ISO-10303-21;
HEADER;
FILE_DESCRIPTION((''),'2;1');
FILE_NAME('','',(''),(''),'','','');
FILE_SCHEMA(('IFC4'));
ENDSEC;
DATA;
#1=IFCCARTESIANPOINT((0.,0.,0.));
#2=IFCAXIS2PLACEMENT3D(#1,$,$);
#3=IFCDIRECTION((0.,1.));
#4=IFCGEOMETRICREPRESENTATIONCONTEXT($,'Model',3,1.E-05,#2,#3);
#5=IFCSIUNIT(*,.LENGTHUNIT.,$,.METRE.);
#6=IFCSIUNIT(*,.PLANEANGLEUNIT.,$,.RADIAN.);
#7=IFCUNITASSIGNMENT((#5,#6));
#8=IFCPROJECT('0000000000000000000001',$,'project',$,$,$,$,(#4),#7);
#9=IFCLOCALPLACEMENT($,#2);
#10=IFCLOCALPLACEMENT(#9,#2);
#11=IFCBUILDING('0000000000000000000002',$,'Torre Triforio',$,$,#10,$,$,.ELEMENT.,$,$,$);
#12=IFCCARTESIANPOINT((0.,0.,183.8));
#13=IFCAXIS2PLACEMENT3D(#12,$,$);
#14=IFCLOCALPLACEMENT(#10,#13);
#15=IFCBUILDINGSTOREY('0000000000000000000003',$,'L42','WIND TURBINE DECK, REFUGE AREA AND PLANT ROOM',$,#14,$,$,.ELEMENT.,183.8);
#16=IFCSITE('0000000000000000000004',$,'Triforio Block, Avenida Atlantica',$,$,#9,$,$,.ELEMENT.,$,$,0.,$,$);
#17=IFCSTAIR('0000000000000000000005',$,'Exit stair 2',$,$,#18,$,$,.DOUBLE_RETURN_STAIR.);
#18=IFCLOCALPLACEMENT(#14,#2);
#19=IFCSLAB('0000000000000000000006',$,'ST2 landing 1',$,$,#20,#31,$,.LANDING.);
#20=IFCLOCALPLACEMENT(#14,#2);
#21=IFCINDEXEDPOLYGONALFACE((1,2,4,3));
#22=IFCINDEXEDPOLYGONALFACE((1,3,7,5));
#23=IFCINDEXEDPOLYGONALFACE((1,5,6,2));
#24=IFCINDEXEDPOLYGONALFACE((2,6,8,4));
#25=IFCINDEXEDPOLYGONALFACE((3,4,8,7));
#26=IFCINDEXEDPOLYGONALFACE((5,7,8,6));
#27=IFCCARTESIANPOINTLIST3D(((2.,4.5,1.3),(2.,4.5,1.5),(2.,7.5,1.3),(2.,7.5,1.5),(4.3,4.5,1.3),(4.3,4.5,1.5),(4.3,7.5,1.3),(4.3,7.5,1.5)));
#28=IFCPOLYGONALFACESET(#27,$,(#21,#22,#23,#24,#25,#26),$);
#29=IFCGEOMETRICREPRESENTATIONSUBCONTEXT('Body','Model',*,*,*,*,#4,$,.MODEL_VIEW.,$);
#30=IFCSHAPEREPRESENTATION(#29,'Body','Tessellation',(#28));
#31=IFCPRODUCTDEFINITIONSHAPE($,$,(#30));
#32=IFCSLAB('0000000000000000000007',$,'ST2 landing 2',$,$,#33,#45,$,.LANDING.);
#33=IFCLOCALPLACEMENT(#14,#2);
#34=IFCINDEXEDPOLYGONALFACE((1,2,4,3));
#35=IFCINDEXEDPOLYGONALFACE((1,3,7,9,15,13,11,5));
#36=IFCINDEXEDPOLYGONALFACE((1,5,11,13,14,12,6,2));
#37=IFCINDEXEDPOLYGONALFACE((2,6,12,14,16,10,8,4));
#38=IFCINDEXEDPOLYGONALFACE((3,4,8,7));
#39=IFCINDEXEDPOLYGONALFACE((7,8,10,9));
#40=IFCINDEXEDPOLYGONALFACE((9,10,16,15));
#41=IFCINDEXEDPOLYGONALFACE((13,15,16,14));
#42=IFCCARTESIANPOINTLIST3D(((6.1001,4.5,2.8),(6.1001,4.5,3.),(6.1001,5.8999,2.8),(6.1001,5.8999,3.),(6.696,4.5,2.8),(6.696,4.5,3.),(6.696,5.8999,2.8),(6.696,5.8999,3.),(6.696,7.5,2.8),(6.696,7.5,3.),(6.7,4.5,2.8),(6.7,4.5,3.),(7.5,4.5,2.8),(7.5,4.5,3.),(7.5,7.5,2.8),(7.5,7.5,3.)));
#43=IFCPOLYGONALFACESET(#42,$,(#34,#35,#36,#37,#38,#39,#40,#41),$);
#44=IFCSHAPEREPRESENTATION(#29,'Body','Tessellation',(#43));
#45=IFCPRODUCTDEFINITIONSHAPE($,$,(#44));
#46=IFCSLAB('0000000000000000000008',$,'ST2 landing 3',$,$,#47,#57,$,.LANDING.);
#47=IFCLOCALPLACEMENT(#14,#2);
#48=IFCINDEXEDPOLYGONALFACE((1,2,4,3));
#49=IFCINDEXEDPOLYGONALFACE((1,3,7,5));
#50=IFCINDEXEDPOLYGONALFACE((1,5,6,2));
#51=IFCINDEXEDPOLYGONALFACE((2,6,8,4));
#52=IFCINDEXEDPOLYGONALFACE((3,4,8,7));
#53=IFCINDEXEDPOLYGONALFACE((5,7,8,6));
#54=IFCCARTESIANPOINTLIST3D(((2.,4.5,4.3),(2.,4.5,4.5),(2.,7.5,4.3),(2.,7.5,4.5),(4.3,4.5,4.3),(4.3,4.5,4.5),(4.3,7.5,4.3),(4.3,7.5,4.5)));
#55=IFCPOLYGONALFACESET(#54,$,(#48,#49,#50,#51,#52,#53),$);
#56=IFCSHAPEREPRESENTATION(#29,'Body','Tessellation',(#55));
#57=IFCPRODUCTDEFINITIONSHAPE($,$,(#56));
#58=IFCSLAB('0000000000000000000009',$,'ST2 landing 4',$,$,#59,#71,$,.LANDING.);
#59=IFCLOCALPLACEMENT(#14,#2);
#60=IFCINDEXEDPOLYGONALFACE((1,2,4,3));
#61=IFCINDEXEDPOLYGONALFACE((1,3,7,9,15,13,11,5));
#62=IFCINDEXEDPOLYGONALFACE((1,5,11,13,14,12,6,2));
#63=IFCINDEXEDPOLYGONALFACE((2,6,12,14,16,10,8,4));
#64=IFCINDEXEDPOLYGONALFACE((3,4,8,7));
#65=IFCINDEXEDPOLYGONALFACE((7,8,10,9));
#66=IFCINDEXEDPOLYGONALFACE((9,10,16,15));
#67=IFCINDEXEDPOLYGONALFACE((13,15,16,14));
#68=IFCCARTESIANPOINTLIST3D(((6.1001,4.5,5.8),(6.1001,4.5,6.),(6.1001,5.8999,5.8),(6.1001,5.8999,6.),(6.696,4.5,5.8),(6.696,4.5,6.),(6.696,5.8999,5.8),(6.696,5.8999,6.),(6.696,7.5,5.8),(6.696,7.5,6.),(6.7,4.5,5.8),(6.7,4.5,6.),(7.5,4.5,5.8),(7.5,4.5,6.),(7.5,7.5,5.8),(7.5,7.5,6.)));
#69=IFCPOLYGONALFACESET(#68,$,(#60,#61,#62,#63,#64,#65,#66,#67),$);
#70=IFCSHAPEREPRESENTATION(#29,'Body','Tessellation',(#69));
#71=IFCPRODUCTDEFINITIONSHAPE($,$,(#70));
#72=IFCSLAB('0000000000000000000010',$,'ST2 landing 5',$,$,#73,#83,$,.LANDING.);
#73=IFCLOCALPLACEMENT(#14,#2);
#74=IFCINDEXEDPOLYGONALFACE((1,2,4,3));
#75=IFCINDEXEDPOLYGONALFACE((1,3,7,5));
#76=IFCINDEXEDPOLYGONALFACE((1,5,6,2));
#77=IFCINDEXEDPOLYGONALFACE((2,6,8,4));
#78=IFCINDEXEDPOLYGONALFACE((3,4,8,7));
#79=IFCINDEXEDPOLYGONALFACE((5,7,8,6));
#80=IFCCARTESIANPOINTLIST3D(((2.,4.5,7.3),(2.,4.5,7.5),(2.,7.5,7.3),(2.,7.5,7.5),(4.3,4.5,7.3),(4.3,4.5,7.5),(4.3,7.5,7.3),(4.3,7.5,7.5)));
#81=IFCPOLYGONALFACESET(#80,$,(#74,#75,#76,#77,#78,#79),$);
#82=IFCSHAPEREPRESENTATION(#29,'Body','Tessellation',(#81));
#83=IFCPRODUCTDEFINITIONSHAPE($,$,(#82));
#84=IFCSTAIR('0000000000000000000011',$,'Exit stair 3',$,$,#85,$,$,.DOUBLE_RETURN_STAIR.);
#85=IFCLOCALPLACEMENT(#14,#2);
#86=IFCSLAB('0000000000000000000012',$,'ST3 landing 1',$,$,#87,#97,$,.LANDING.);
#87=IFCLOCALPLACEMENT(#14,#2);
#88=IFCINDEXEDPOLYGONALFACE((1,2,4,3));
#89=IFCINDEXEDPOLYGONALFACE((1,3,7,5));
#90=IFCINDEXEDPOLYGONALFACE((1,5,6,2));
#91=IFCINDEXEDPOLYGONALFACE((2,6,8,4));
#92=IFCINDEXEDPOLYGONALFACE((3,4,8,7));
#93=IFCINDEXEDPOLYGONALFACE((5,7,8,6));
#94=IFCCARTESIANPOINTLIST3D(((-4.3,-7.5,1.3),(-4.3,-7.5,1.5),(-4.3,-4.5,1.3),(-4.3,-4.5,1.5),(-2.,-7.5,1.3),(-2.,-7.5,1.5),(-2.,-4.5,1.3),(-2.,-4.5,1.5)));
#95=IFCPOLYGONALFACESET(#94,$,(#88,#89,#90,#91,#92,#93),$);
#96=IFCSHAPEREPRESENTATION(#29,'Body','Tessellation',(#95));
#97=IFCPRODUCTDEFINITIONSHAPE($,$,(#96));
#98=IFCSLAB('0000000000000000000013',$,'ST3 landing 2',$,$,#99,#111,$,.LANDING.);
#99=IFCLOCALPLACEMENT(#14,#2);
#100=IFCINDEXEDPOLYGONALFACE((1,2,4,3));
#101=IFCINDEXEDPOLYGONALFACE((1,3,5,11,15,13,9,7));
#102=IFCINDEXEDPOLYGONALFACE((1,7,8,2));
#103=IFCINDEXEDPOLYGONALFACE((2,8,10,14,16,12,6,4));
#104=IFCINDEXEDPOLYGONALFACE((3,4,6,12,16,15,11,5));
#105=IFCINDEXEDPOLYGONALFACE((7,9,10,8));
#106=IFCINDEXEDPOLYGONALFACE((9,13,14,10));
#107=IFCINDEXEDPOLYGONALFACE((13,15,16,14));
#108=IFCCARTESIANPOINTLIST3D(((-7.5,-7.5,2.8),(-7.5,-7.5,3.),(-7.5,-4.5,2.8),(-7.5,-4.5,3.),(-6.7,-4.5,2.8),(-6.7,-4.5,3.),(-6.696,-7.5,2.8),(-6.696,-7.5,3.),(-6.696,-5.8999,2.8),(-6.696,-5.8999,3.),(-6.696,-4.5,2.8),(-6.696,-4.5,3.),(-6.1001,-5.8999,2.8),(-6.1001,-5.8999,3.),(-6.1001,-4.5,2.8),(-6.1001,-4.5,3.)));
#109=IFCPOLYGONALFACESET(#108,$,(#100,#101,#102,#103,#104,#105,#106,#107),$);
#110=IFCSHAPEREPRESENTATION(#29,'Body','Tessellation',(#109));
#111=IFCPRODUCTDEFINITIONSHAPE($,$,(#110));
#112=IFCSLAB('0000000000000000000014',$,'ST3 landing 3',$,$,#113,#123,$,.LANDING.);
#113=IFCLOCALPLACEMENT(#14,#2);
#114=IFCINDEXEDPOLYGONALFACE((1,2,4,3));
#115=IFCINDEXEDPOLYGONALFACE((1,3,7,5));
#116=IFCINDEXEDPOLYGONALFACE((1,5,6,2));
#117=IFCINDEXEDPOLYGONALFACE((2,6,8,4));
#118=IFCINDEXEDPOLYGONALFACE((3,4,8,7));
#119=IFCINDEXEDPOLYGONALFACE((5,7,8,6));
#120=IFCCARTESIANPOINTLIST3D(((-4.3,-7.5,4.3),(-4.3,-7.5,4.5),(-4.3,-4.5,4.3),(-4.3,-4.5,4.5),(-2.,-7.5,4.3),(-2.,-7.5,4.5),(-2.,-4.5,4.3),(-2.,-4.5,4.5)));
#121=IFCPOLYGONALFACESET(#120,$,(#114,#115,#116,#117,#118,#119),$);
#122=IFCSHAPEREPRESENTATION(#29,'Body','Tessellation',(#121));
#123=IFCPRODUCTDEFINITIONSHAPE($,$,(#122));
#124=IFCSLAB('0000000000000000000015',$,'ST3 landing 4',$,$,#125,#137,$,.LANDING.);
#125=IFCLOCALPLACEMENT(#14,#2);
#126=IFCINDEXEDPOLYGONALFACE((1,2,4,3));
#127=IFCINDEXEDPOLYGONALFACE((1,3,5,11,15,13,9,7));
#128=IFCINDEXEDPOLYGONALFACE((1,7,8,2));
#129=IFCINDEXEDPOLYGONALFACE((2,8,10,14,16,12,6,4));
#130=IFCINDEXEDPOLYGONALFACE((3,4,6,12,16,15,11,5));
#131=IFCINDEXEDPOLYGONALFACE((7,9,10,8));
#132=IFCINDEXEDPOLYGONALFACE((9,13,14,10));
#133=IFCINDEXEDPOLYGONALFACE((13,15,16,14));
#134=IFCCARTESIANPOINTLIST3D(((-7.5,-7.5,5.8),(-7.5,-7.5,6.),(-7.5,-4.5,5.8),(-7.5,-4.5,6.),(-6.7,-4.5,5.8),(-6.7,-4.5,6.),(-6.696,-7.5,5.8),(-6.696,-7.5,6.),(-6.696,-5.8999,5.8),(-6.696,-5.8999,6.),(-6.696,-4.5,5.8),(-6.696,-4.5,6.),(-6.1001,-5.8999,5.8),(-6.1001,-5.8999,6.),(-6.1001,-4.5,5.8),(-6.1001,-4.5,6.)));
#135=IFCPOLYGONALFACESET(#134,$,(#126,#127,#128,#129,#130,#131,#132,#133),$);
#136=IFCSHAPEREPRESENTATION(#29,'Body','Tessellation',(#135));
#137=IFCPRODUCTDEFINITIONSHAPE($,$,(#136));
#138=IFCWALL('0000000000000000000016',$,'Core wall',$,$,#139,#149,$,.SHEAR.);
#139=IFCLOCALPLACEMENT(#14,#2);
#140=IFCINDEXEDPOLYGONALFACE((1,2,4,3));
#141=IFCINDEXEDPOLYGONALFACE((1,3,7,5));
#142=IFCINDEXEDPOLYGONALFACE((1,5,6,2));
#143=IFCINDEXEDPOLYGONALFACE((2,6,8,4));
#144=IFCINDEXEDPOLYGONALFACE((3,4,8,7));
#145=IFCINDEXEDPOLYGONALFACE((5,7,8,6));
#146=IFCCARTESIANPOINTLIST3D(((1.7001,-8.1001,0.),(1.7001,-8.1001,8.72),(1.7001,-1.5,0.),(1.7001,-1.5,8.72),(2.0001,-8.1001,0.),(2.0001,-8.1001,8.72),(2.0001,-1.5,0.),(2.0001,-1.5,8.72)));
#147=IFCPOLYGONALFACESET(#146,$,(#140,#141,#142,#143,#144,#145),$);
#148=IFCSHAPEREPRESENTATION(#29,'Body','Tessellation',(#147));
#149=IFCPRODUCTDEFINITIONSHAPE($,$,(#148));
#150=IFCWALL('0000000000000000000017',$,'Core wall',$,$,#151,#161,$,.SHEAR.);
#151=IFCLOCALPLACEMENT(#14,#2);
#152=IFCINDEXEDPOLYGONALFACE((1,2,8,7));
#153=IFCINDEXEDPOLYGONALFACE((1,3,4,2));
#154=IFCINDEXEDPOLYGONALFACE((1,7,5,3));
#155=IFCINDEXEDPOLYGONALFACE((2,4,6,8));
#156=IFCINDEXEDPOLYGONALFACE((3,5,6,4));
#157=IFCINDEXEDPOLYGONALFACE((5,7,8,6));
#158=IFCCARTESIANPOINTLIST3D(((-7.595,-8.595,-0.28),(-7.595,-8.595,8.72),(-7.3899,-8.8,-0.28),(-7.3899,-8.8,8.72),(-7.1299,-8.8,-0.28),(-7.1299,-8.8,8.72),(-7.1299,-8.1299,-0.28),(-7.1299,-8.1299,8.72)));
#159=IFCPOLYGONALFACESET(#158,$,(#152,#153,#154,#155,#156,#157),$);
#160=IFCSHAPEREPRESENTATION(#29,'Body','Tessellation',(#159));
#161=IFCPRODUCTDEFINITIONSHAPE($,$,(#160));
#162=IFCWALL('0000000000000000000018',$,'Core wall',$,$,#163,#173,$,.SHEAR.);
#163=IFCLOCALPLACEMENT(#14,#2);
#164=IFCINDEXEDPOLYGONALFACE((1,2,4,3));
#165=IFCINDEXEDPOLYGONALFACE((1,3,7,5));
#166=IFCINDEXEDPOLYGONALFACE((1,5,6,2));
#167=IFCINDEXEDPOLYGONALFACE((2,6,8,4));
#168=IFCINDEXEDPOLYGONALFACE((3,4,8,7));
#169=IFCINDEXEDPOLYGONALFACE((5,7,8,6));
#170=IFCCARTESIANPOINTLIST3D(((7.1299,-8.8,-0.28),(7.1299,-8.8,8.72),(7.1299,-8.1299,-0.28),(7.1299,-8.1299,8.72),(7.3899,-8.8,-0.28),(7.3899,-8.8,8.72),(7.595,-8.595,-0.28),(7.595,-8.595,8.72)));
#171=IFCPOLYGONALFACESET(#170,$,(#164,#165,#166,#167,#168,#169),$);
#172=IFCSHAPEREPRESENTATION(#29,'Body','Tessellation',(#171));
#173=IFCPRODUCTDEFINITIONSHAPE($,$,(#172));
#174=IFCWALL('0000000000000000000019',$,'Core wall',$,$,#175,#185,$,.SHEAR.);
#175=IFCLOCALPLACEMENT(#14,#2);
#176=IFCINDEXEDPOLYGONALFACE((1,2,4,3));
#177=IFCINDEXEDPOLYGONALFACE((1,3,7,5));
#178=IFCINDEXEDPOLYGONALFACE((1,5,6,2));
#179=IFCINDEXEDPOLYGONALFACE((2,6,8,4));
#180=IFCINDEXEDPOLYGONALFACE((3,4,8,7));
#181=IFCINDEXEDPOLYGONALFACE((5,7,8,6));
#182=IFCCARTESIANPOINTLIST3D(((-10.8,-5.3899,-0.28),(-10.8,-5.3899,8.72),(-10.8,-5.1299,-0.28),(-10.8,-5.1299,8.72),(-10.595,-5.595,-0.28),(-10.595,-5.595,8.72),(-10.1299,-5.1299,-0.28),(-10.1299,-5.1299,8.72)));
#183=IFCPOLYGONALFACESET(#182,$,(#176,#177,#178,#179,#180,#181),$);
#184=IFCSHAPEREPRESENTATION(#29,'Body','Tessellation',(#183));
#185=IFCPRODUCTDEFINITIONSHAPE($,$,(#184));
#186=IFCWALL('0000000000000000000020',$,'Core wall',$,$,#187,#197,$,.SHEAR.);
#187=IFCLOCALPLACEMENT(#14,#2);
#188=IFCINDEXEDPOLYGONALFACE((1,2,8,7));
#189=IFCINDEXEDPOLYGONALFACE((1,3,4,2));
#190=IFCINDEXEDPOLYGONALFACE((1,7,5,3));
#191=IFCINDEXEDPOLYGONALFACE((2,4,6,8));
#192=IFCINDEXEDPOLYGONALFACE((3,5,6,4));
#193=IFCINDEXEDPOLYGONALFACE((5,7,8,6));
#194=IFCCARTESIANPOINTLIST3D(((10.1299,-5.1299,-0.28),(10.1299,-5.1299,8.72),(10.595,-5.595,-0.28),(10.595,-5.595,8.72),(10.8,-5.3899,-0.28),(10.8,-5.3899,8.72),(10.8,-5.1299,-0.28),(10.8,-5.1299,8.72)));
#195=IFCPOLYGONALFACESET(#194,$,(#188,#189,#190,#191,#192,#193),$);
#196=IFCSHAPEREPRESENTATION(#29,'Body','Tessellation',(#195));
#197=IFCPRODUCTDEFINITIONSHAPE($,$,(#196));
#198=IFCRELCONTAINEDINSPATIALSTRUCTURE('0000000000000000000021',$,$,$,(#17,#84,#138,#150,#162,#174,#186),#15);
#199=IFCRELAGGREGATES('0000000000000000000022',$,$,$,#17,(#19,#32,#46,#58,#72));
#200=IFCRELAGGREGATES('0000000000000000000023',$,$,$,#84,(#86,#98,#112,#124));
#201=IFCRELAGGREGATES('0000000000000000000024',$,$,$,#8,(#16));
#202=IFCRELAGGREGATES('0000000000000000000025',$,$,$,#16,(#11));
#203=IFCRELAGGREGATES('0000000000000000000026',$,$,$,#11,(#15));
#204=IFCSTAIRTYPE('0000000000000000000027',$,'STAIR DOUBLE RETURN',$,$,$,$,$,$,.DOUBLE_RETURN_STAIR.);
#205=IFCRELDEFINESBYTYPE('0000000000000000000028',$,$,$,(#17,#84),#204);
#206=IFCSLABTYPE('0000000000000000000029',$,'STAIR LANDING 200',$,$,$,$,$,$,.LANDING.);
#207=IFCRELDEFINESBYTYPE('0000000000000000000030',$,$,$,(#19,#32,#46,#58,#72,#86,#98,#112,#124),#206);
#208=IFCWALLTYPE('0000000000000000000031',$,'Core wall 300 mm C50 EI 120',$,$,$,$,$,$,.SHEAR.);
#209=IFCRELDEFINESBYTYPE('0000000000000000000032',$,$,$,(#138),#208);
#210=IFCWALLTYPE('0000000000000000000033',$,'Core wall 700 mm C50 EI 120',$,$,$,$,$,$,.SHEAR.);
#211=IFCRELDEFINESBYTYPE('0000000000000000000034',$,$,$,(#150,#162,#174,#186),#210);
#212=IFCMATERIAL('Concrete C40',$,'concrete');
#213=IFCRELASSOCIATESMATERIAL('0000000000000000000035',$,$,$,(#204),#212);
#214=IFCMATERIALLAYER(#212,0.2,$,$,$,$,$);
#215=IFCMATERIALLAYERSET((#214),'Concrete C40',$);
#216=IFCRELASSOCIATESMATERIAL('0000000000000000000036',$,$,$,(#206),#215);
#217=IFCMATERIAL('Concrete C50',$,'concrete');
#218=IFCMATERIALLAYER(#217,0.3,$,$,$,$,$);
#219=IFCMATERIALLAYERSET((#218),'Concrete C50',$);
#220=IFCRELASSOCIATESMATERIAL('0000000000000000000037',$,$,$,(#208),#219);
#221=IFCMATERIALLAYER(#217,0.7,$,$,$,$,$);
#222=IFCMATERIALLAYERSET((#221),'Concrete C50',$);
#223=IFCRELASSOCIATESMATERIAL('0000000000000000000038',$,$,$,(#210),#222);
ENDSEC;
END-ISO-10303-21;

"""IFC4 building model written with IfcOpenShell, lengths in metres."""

from ifc_helpers import new_model, si_unit, direction, frame, frame_2d, origin, place, context, subcontext, project, spatial, polyline, rectangle, outline, extrude, material, layer, layer_set, type_object, element, aggregate, save


model = new_model("IFC4")

# Units and contexts
model_context = context("Model", 3, precision=1e-05, world=origin(), true_north=direction((0.0, 1.0)))
body_context = subcontext(model_context, "Body", "Model", "MODEL_VIEW")
ifc_project = project(units=[si_unit("LENGTHUNIT", "METRE"), si_unit("PLANEANGLEUNIT", "RADIAN")], contexts=[model_context])

# Site, building, storey
site_placement = place(None, origin())
site = spatial("IfcSite", under=ifc_project, at=site_placement, Name="Triforio Block, Avenida Atlantica", CompositionType="ELEMENT", RefElevation=0.0)
building_placement = place(site_placement, origin())
building = spatial("IfcBuilding", under=site, at=building_placement, Name="Torre Triforio", CompositionType="ELEMENT")
storey_placement = place(building_placement, frame((0.0, 0.0, 183.8)))
storey = spatial("IfcBuildingStorey", under=building, at=storey_placement, Name="L42", Description="WIND TURBINE DECK, REFUGE AREA AND PLANT ROOM", CompositionType="ELEMENT", Elevation=183.8)

# Shared definitions
ifc_material_1 = material(Name="Concrete C50", Category="concrete")

# Stairs, slabs
ifc_material_2 = material(Name="Concrete C40", Category="concrete")
stair_type = type_object("IfcStairType", Name="STAIR DOUBLE RETURN", PredefinedType="DOUBLE_RETURN_STAIR", material=ifc_material_2)
ifc_layer_1 = layer(ifc_material_2, 0.2)
ifc_layer_set_1 = layer_set([ifc_layer_1], Name="Concrete C40")
slab_type_1 = type_object("IfcSlabType", Name="STAIR LANDING 200", PredefinedType="LANDING", material=ifc_layer_set_1)
stair_1_placement = place(storey_placement, origin())
stair_1 = element("IfcStair", 1, at=stair_1_placement, inside=storey, type_object=stair_type, Name="Exit stair 2", PredefinedType="DOUBLE_RETURN_STAIR")
slab_1_placement = place(storey_placement, frame((0.0, 0.0, 1.3)))
slab_1 = element("IfcSlab", 2, at=slab_1_placement, type_object=slab_type_1, Name="ST2 landing 1", PredefinedType="LANDING", context=body_context, shape_type="SweptSolid", body=[
    extrude(outline(polyline([(4.3, 4.5), (4.3, 7.5), (2.0, 7.5), (2.0, 4.5), (4.3, 4.5)])), origin(), (0.0, 0.0, 1.0), 0.2),
])
slab_2_placement = place(storey_placement, frame((0.0, 0.0, 2.8)))
slab_2 = element("IfcSlab", 3, at=slab_2_placement, type_object=slab_type_1, Name="ST2 landing 2", PredefinedType="LANDING", context=body_context, shape_type="SweptSolid", body=[
    extrude(outline(polyline([(6.1001, 4.5), (6.1001, 5.8999), (6.696, 5.8999), (6.696, 7.5), (7.5, 7.5), (7.5, 4.5), (6.7, 4.5), (6.696, 4.5), (6.1001, 4.5)])), origin(), (0.0, 0.0, 1.0), 0.2),
])
slab_3_placement = place(storey_placement, frame((0.0, 0.0, 4.3)))
slab_3 = element("IfcSlab", 4, at=slab_3_placement, type_object=slab_type_1, Name="ST2 landing 3", PredefinedType="LANDING", context=body_context, shape_type="SweptSolid", body=[
    extrude(outline(polyline([(4.3, 4.5), (4.3, 7.5), (2.0, 7.5), (2.0, 4.5), (4.3, 4.5)])), origin(), (0.0, 0.0, 1.0), 0.2),
])
slab_4_placement = place(storey_placement, frame((0.0, 0.0, 5.8)))
slab_4 = element("IfcSlab", 5, at=slab_4_placement, type_object=slab_type_1, Name="ST2 landing 4", PredefinedType="LANDING", context=body_context, shape_type="SweptSolid", body=[
    extrude(outline(polyline([(6.1001, 4.5), (6.1001, 5.8999), (6.696, 5.8999), (6.696, 7.5), (7.5, 7.5), (7.5, 4.5), (6.7, 4.5), (6.696, 4.5), (6.1001, 4.5)])), origin(), (0.0, 0.0, 1.0), 0.2),
])
slab_5_placement = place(storey_placement, frame((0.0, 0.0, 7.3)))
slab_5 = element("IfcSlab", 6, at=slab_5_placement, type_object=slab_type_1, Name="ST2 landing 5", PredefinedType="LANDING", context=body_context, shape_type="SweptSolid", body=[
    extrude(outline(polyline([(4.3, 4.5), (4.3, 7.5), (2.0, 7.5), (2.0, 4.5), (4.3, 4.5)])), origin(), (0.0, 0.0, 1.0), 0.2),
])
aggregate(stair_1, [slab_1, slab_2, slab_3, slab_4, slab_5])
stair_2_placement = place(storey_placement, origin())
stair_2 = element("IfcStair", 7, at=stair_2_placement, inside=storey, type_object=stair_type, Name="Exit stair 3", PredefinedType="DOUBLE_RETURN_STAIR")
slab_6_placement = place(storey_placement, frame((0.0, 0.0, 1.3)))
slab_6 = element("IfcSlab", 8, at=slab_6_placement, type_object=slab_type_1, Name="ST3 landing 1", PredefinedType="LANDING", context=body_context, shape_type="SweptSolid", body=[
    extrude(outline(polyline([(-2.0, -7.5), (-2.0, -4.5), (-4.3, -4.5), (-4.3, -7.5), (-2.0, -7.5)])), origin(), (0.0, 0.0, 1.0), 0.2),
])
slab_7_placement = place(storey_placement, frame((0.0, 0.0, 2.8)))
slab_7 = element("IfcSlab", 9, at=slab_7_placement, type_object=slab_type_1, Name="ST3 landing 2", PredefinedType="LANDING", context=body_context, shape_type="SweptSolid", body=[
    extrude(outline(polyline([(-6.696, -7.5), (-7.5, -7.5), (-7.5, -4.5), (-6.7, -4.5), (-6.696, -4.5), (-6.1001, -4.5), (-6.1001, -5.8999), (-6.696, -5.8999), (-6.696, -7.5)])), origin(), (0.0, 0.0, 1.0), 0.2),
])
slab_8_placement = place(storey_placement, frame((0.0, 0.0, 4.3)))
slab_8 = element("IfcSlab", 10, at=slab_8_placement, type_object=slab_type_1, Name="ST3 landing 3", PredefinedType="LANDING", context=body_context, shape_type="SweptSolid", body=[
    extrude(outline(polyline([(-2.0, -7.5), (-2.0, -4.5), (-4.3, -4.5), (-4.3, -7.5), (-2.0, -7.5)])), origin(), (0.0, 0.0, 1.0), 0.2),
])
slab_9_placement = place(storey_placement, frame((0.0, 0.0, 5.8)))
slab_9 = element("IfcSlab", 11, at=slab_9_placement, type_object=slab_type_1, Name="ST3 landing 4", PredefinedType="LANDING", context=body_context, shape_type="SweptSolid", body=[
    extrude(outline(polyline([(-6.696, -7.5), (-7.5, -7.5), (-7.5, -4.5), (-6.7, -4.5), (-6.696, -4.5), (-6.1001, -4.5), (-6.1001, -5.8999), (-6.696, -5.8999), (-6.696, -7.5)])), origin(), (0.0, 0.0, 1.0), 0.2),
])
aggregate(stair_2, [slab_6, slab_7, slab_8, slab_9])

# Walls
ifc_layer_2 = layer(ifc_material_1, 0.3)
ifc_layer_set_2 = layer_set([ifc_layer_2], Name="Concrete C50")
wall_type_1 = type_object("IfcWallType", Name="Core wall 300 mm C50 EI 120", PredefinedType="SHEAR", material=ifc_layer_set_2)
wall_1_placement = place(storey_placement, frame((1.8501, -8.1001, 0.0), z_axis=(0.0, 0.0, 1.0), x_axis=(0.0, 1.0, 0.0)))
element("IfcWall", 12, at=wall_1_placement, inside=storey, type_object=wall_type_1, Name="Core wall", PredefinedType="SHEAR", context=body_context, shape_type="SweptSolid", body=[
    extrude(rectangle(XDim=6.6001, YDim=0.3, at=frame_2d((3.3, 0.0))), origin(), (0.0, 0.0, 1.0), 8.72),
])
ifc_layer_3 = layer(ifc_material_1, 0.7)
ifc_layer_set_3 = layer_set([ifc_layer_3], Name="Concrete C50")
wall_type_2 = type_object("IfcWallType", Name="Core wall 700 mm C50 EI 120", PredefinedType="SHEAR", material=ifc_layer_set_3)
wall_2_placement = place(storey_placement, frame((0.0, 0.0, -0.28)))
element("IfcWall", 13, at=wall_2_placement, inside=storey, type_object=wall_type_2, Name="Core wall", PredefinedType="SHEAR", context=body_context, shape_type="SweptSolid", body=[
    extrude(outline(polyline([(-7.3899, -8.8), (-7.595, -8.595), (-7.595, -8.595), (-7.595, -8.595), (-7.1299, -8.1299), (-7.1299, -8.8), (-7.1299, -8.8), (-7.3899, -8.8)])), origin(), (0.0, 0.0, 1.0), 9.0),
])
wall_3_placement = place(storey_placement, frame((0.0, 0.0, -0.28)))
element("IfcWall", 14, at=wall_3_placement, inside=storey, type_object=wall_type_2, Name="Core wall", PredefinedType="SHEAR", context=body_context, shape_type="SweptSolid", body=[
    extrude(outline(polyline([(7.3899, -8.8), (7.1299, -8.8), (7.1299, -8.8), (7.1299, -8.1299), (7.595, -8.595), (7.595, -8.595), (7.595, -8.595), (7.3899, -8.8)])), origin(), (0.0, 0.0, 1.0), 9.0),
])
wall_4_placement = place(storey_placement, frame((0.0, 0.0, -0.28)))
element("IfcWall", 15, at=wall_4_placement, inside=storey, type_object=wall_type_2, Name="Core wall", PredefinedType="SHEAR", context=body_context, shape_type="SweptSolid", body=[
    extrude(outline(polyline([(-10.8, -5.3899), (-10.8, -5.1299), (-10.8, -5.1299), (-10.1299, -5.1299), (-10.595, -5.595), (-10.595, -5.595), (-10.595, -5.595), (-10.8, -5.3899)])), origin(), (0.0, 0.0, 1.0), 9.0),
])
wall_5_placement = place(storey_placement, frame((0.0, 0.0, -0.28)))
element("IfcWall", 16, at=wall_5_placement, inside=storey, type_object=wall_type_2, Name="Core wall", PredefinedType="SHEAR", context=body_context, shape_type="SweptSolid", body=[
    extrude(outline(polyline([(10.8, -5.3899), (10.595, -5.595), (10.595, -5.595), (10.595, -5.595), (10.1299, -5.1299), (10.8, -5.1299), (10.8, -5.1299), (10.8, -5.3899)])), origin(), (0.0, 0.0, 1.0), 9.0),
])

save(model, "model.ifc")
